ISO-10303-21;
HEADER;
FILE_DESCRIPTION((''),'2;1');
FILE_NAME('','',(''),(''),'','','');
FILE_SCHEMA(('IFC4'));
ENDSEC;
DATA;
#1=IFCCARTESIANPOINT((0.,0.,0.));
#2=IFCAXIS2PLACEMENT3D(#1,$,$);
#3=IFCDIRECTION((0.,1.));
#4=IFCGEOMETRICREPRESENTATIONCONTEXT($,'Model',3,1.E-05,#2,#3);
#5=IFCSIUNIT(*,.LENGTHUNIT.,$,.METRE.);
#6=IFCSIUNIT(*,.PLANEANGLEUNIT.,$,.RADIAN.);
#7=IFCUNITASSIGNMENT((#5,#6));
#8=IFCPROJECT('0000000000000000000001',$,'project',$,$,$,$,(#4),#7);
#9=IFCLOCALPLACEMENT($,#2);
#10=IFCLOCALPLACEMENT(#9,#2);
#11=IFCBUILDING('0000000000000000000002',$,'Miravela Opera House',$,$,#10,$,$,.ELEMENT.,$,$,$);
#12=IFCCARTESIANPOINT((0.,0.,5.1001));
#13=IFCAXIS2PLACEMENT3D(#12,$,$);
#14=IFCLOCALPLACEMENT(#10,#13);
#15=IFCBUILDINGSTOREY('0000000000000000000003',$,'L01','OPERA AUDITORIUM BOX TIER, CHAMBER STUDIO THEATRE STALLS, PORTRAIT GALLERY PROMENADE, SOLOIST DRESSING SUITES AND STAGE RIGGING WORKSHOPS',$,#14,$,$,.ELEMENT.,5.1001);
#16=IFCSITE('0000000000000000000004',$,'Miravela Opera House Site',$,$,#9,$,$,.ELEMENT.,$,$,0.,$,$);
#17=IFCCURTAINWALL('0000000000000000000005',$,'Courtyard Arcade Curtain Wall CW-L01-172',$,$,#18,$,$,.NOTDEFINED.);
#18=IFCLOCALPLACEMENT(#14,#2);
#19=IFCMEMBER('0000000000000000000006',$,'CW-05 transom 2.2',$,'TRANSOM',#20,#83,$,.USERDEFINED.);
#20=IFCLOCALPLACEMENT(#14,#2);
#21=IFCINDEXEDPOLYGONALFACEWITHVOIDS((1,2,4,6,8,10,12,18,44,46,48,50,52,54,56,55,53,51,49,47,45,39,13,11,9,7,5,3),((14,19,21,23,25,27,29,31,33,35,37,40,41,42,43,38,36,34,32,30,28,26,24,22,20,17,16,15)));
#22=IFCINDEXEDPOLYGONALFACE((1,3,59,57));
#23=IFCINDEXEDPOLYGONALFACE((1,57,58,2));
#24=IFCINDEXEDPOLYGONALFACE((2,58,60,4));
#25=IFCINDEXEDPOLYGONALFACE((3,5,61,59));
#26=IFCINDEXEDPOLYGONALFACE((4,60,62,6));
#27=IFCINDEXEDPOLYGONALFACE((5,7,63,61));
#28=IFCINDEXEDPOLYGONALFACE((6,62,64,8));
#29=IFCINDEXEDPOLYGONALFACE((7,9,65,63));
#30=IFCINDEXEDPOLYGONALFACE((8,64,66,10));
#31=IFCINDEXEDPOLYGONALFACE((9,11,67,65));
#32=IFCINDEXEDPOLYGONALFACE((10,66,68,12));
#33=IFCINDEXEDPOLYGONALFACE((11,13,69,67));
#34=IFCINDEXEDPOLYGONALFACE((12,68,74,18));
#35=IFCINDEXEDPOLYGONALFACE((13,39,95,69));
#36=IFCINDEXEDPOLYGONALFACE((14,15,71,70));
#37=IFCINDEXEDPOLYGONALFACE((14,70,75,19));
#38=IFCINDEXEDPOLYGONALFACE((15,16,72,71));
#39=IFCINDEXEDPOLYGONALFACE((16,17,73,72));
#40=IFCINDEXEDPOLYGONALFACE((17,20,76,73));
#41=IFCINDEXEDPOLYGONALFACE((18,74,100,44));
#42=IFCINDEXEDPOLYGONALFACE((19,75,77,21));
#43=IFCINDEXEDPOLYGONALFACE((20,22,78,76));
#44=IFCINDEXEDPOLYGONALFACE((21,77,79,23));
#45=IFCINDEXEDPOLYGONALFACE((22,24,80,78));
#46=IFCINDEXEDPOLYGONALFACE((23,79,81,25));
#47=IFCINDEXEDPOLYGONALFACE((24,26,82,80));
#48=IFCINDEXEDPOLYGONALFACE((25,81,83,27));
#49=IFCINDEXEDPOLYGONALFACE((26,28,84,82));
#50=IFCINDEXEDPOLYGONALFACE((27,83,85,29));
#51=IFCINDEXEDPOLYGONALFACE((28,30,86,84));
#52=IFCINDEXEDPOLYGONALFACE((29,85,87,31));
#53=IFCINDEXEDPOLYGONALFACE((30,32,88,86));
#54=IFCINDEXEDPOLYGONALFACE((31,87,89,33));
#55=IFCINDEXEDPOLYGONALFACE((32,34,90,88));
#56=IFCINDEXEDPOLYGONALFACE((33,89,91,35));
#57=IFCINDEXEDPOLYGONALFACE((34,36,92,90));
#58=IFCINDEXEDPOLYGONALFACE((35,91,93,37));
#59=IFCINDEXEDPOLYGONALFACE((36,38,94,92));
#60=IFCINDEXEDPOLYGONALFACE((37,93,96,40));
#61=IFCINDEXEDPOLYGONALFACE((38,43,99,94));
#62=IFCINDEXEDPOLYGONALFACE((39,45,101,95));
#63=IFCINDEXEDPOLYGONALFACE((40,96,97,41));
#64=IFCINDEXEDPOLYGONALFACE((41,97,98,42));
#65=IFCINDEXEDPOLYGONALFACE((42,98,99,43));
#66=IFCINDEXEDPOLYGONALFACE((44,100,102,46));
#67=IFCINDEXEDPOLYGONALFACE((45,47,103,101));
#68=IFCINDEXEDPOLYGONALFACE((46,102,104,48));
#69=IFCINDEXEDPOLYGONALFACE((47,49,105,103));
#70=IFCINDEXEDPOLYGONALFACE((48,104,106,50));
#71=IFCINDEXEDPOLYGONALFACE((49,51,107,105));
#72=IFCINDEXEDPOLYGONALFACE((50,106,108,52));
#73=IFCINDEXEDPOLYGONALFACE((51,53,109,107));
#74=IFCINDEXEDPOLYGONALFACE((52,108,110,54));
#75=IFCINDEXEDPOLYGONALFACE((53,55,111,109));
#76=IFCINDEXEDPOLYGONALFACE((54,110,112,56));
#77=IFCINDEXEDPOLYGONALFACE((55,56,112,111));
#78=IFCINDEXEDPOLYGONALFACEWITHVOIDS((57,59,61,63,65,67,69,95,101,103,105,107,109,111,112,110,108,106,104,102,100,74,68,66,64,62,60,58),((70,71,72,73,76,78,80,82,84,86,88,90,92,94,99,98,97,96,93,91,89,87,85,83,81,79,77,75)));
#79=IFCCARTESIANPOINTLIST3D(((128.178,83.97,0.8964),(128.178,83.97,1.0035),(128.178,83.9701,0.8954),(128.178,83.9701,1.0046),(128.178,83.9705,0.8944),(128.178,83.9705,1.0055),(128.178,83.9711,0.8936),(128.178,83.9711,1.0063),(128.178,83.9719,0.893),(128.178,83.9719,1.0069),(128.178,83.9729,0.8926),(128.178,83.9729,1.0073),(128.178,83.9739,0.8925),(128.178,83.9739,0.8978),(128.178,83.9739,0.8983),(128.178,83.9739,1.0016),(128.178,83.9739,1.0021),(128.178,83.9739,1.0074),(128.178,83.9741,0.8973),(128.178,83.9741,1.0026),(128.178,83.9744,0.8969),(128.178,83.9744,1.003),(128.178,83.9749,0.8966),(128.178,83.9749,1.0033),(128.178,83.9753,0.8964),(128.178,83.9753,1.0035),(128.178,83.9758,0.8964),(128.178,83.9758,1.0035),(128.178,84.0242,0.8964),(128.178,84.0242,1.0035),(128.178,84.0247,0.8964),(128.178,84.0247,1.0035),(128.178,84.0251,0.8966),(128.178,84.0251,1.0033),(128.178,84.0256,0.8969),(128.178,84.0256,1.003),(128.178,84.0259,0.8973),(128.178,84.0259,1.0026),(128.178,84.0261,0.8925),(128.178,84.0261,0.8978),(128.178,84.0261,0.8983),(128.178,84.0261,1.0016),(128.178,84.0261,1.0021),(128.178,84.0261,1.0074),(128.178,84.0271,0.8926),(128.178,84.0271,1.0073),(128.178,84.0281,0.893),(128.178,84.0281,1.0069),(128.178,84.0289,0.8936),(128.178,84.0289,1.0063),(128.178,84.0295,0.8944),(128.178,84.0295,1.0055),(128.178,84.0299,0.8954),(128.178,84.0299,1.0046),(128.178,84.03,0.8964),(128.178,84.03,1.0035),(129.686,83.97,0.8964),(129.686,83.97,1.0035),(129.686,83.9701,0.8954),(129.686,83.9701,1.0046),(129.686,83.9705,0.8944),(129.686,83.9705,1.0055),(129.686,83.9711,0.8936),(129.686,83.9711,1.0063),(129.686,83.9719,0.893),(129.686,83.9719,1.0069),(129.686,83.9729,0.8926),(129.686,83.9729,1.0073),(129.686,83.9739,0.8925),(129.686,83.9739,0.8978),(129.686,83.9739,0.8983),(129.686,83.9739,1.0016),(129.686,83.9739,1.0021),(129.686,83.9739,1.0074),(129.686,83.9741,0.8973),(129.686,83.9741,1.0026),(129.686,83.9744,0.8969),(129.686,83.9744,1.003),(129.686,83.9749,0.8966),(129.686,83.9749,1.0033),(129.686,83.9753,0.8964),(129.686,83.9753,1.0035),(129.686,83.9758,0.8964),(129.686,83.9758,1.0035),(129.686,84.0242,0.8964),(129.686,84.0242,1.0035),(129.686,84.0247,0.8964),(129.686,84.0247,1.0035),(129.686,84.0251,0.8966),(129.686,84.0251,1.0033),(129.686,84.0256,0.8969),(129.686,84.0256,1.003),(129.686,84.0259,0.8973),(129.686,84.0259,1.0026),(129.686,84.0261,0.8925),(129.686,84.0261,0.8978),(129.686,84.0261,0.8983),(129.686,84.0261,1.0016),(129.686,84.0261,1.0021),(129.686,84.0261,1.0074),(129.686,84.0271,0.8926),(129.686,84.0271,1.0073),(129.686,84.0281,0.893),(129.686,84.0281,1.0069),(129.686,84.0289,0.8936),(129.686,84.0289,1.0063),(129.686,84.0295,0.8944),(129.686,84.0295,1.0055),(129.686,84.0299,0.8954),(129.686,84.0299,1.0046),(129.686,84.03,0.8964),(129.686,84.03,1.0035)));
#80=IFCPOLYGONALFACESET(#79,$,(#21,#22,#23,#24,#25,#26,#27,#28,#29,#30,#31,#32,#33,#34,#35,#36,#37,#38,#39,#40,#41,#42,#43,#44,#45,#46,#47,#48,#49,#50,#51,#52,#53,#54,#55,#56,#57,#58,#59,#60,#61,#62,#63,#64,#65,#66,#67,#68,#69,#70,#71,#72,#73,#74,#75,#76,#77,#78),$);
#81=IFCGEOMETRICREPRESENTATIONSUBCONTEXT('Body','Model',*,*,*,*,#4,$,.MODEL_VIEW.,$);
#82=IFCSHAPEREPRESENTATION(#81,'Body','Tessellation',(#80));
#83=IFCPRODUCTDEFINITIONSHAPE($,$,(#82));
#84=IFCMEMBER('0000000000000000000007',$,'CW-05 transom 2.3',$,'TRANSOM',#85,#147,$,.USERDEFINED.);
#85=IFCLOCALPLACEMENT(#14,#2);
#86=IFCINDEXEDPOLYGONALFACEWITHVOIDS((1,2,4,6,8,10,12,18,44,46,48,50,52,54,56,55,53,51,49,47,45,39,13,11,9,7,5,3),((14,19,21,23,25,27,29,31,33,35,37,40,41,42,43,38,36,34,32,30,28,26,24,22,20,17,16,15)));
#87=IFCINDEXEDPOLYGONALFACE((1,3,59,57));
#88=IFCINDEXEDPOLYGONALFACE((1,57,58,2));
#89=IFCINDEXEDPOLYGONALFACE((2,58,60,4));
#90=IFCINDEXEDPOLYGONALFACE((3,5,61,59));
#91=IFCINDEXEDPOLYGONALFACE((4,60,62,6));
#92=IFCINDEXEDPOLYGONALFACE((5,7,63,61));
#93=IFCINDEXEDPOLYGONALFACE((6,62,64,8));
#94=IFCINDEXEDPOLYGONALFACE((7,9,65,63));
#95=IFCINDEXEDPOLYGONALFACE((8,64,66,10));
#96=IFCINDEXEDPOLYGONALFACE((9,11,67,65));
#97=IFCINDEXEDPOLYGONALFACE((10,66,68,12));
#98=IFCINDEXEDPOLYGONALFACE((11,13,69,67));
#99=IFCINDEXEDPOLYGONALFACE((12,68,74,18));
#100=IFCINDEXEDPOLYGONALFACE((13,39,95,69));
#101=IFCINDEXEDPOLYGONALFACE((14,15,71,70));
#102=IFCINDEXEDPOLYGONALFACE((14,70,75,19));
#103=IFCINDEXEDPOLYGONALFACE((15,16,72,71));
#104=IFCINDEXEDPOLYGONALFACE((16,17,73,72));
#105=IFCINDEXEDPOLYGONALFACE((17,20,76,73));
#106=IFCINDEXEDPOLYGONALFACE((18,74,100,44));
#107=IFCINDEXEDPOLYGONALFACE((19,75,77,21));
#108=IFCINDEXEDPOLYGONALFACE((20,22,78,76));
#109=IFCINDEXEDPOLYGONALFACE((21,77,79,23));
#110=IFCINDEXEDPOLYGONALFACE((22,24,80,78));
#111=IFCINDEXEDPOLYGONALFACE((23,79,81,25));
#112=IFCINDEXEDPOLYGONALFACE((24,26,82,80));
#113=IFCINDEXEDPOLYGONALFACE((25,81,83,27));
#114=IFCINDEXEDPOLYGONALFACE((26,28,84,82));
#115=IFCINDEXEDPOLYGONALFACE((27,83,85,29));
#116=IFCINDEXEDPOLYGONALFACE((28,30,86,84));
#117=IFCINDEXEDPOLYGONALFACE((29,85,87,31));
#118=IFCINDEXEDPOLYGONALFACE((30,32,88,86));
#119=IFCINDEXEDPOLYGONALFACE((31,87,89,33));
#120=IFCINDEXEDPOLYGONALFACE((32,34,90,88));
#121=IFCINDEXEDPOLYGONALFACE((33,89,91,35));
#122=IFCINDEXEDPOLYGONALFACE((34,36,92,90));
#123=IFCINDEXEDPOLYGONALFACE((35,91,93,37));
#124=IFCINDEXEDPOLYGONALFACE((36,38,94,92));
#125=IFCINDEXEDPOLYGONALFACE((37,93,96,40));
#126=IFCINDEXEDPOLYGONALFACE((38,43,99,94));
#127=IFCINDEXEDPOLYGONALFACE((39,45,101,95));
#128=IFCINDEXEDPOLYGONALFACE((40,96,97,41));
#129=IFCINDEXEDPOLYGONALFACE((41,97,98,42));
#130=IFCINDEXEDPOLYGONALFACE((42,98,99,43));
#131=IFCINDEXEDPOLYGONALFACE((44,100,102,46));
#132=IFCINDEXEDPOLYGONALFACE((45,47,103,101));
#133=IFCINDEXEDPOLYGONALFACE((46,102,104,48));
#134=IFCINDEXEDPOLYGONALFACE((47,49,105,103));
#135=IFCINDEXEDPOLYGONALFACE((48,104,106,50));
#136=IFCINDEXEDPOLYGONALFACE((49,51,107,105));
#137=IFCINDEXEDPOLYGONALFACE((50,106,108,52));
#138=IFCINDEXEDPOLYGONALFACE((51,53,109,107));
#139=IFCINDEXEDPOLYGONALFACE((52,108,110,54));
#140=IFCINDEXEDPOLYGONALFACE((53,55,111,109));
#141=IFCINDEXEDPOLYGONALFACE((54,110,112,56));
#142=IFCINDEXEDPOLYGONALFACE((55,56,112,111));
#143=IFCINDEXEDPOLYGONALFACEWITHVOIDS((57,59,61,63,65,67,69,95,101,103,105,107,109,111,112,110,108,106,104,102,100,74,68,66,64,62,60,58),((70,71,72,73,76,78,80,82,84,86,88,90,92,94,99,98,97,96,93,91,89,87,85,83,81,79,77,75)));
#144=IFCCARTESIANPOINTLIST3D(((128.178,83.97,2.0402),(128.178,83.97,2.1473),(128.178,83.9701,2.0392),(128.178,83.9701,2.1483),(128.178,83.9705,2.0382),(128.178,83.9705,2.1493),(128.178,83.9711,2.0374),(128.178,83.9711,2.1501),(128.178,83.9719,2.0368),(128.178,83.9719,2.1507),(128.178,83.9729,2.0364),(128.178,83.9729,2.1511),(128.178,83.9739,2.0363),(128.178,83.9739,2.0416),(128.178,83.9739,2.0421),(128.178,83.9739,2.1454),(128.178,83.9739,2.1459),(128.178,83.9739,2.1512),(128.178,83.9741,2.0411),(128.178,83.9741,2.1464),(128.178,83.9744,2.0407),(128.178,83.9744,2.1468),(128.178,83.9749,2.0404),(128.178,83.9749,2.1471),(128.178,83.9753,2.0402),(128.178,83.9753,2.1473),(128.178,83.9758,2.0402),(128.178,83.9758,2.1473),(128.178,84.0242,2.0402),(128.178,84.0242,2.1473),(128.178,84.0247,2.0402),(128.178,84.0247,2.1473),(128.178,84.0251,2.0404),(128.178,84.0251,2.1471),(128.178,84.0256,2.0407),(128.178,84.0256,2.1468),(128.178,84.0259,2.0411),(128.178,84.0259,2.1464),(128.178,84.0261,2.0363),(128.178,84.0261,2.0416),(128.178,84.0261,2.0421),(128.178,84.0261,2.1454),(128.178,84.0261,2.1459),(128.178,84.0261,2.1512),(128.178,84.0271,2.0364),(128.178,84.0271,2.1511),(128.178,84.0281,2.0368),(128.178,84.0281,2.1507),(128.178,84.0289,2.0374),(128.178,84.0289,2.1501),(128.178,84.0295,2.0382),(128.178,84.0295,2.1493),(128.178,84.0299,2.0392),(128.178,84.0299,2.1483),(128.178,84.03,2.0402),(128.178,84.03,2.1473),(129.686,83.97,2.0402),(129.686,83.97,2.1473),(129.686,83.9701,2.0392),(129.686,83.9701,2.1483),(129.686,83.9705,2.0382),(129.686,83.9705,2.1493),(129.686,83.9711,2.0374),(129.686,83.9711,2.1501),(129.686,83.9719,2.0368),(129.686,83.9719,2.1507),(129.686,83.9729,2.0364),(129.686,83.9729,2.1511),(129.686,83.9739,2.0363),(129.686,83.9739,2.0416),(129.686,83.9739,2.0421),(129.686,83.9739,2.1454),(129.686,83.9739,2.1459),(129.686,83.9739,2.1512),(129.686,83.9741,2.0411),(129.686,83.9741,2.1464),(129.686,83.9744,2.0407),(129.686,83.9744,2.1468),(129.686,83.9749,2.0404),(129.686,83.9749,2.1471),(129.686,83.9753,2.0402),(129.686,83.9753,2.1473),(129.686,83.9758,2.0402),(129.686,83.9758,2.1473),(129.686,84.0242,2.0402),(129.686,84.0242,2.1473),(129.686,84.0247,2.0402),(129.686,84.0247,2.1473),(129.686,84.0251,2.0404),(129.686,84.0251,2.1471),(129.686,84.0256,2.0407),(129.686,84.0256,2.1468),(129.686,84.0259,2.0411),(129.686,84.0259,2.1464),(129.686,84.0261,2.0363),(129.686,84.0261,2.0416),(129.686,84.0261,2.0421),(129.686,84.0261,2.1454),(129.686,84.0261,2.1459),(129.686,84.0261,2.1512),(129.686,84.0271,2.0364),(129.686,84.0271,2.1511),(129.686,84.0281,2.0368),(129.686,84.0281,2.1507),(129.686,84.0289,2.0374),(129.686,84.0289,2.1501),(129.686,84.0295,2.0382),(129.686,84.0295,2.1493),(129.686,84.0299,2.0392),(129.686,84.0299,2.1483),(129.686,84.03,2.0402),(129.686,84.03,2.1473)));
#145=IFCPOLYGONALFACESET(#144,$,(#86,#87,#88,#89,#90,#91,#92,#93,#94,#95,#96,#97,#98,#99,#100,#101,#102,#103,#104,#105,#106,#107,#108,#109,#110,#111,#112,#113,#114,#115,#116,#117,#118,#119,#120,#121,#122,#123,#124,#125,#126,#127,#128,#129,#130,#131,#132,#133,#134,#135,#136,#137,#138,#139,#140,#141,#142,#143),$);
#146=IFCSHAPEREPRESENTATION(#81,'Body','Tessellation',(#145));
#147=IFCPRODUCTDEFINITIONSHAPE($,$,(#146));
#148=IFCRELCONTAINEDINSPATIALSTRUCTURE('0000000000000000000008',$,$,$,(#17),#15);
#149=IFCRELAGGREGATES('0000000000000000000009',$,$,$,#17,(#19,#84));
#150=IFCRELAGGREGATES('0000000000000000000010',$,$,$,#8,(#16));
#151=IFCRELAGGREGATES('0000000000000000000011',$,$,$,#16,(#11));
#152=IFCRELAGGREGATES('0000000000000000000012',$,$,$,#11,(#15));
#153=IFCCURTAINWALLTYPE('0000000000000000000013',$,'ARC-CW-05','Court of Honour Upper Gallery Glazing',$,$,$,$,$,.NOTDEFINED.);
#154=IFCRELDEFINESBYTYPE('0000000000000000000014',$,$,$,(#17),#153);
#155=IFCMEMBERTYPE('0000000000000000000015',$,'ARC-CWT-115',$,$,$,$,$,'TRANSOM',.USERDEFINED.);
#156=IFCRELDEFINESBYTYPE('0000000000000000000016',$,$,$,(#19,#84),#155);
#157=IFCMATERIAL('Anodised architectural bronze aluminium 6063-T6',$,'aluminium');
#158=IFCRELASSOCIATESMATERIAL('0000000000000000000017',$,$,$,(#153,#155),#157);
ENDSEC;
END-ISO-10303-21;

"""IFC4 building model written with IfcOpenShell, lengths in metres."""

from ifc_helpers import new_model, si_unit, direction, frame, origin, origin_2d, place, context, subcontext, project, spatial, hollow_rectangle, extrude, material, material_profile, profile_set, type_object, element, aggregate, save


model = new_model("IFC4")

# Units and contexts
model_context = context("Model", 3, precision=1e-05, world=origin(), true_north=direction((0.0, 1.0)))
body_context = subcontext(model_context, "Body", "Model", "MODEL_VIEW")
ifc_project = project(units=[si_unit("LENGTHUNIT", "METRE"), si_unit("PLANEANGLEUNIT", "RADIAN")], contexts=[model_context])

# Site, building, storey
site_placement = place(None, origin())
site = spatial("IfcSite", under=ifc_project, at=site_placement, Name="Miravela Opera House Site", CompositionType="ELEMENT", RefElevation=0.0)
building_placement = place(site_placement, origin())
building = spatial("IfcBuilding", under=site, at=building_placement, Name="Miravela Opera House", CompositionType="ELEMENT")
storey_placement = place(building_placement, frame((0.0, 0.0, 5.1001)))
storey = spatial("IfcBuildingStorey", under=building, at=storey_placement, Name="L01", Description="OPERA AUDITORIUM BOX TIER, CHAMBER STUDIO THEATRE STALLS, PORTRAIT GALLERY PROMENADE, SOLOIST DRESSING SUITES AND STAGE RIGGING WORKSHOPS", CompositionType="ELEMENT", Elevation=5.1001)

# Shared definitions
ifc_material_1 = material(Name="Anodised architectural bronze aluminium 6063-T6", Category="aluminium")
curtain_wall_type = type_object("IfcCurtainWallType", Name="ARC-CW-05", Description="Court of Honour Upper Gallery Glazing", PredefinedType="NOTDEFINED", material=ifc_material_1)

# Curtain wall
curtain_wall_1_placement = place(storey_placement, origin())
curtain_wall_1 = element("IfcCurtainWall", 1, at=curtain_wall_1_placement, inside=storey, type_object=curtain_wall_type, Name="Courtyard Arcade Curtain Wall CW-L01-172", PredefinedType="NOTDEFINED")

# Members
ifc_material_profile_1 = material_profile(ifc_material_1, hollow_rectangle(XDim=0.0601, YDim=0.115, WallThickness=0.0039, InnerFilletRadius=0.002, OuterFilletRadius=0.0039, at=origin_2d()), Name="CWT-60X115")
ifc_profile_set_1 = profile_set([ifc_material_profile_1])
member_type_1 = type_object("IfcMemberType", Name="ARC-CWT-115", ElementType="TRANSOM", PredefinedType="USERDEFINED", material=ifc_profile_set_1)
member_1_placement = place(storey_placement, frame((128.178, 84.0, 0.95), z_axis=(1.0, 0.0, 0.0), x_axis=(0.0, 1.0, 0.0)))
member_1 = element("IfcMember", 2, at=member_1_placement, type_object=member_type_1, Name="CW-05 transom 2.2", ObjectType="TRANSOM", PredefinedType="USERDEFINED", context=body_context, shape_type="SweptSolid", body=[
    extrude(hollow_rectangle(XDim=0.0601, YDim=0.115, WallThickness=0.0039, InnerFilletRadius=0.002, OuterFilletRadius=0.0039, at=origin_2d()), origin(), (0.0, 0.0, 1.0), 1.5081),
])
member_2_placement = place(storey_placement, frame((128.178, 84.0, 2.0938), z_axis=(1.0, 0.0, 0.0), x_axis=(0.0, 1.0, 0.0)))
member_2 = element("IfcMember", 3, at=member_2_placement, type_object=member_type_1, Name="CW-05 transom 2.3", ObjectType="TRANSOM", PredefinedType="USERDEFINED", context=body_context, shape_type="SweptSolid", body=[
    extrude(hollow_rectangle(XDim=0.0601, YDim=0.115, WallThickness=0.0039, InnerFilletRadius=0.002, OuterFilletRadius=0.0039, at=origin_2d()), origin(), (0.0, 0.0, 1.0), 1.5081),
])

aggregate(curtain_wall_1, [member_1, member_2])

save(model, "model.ifc")
